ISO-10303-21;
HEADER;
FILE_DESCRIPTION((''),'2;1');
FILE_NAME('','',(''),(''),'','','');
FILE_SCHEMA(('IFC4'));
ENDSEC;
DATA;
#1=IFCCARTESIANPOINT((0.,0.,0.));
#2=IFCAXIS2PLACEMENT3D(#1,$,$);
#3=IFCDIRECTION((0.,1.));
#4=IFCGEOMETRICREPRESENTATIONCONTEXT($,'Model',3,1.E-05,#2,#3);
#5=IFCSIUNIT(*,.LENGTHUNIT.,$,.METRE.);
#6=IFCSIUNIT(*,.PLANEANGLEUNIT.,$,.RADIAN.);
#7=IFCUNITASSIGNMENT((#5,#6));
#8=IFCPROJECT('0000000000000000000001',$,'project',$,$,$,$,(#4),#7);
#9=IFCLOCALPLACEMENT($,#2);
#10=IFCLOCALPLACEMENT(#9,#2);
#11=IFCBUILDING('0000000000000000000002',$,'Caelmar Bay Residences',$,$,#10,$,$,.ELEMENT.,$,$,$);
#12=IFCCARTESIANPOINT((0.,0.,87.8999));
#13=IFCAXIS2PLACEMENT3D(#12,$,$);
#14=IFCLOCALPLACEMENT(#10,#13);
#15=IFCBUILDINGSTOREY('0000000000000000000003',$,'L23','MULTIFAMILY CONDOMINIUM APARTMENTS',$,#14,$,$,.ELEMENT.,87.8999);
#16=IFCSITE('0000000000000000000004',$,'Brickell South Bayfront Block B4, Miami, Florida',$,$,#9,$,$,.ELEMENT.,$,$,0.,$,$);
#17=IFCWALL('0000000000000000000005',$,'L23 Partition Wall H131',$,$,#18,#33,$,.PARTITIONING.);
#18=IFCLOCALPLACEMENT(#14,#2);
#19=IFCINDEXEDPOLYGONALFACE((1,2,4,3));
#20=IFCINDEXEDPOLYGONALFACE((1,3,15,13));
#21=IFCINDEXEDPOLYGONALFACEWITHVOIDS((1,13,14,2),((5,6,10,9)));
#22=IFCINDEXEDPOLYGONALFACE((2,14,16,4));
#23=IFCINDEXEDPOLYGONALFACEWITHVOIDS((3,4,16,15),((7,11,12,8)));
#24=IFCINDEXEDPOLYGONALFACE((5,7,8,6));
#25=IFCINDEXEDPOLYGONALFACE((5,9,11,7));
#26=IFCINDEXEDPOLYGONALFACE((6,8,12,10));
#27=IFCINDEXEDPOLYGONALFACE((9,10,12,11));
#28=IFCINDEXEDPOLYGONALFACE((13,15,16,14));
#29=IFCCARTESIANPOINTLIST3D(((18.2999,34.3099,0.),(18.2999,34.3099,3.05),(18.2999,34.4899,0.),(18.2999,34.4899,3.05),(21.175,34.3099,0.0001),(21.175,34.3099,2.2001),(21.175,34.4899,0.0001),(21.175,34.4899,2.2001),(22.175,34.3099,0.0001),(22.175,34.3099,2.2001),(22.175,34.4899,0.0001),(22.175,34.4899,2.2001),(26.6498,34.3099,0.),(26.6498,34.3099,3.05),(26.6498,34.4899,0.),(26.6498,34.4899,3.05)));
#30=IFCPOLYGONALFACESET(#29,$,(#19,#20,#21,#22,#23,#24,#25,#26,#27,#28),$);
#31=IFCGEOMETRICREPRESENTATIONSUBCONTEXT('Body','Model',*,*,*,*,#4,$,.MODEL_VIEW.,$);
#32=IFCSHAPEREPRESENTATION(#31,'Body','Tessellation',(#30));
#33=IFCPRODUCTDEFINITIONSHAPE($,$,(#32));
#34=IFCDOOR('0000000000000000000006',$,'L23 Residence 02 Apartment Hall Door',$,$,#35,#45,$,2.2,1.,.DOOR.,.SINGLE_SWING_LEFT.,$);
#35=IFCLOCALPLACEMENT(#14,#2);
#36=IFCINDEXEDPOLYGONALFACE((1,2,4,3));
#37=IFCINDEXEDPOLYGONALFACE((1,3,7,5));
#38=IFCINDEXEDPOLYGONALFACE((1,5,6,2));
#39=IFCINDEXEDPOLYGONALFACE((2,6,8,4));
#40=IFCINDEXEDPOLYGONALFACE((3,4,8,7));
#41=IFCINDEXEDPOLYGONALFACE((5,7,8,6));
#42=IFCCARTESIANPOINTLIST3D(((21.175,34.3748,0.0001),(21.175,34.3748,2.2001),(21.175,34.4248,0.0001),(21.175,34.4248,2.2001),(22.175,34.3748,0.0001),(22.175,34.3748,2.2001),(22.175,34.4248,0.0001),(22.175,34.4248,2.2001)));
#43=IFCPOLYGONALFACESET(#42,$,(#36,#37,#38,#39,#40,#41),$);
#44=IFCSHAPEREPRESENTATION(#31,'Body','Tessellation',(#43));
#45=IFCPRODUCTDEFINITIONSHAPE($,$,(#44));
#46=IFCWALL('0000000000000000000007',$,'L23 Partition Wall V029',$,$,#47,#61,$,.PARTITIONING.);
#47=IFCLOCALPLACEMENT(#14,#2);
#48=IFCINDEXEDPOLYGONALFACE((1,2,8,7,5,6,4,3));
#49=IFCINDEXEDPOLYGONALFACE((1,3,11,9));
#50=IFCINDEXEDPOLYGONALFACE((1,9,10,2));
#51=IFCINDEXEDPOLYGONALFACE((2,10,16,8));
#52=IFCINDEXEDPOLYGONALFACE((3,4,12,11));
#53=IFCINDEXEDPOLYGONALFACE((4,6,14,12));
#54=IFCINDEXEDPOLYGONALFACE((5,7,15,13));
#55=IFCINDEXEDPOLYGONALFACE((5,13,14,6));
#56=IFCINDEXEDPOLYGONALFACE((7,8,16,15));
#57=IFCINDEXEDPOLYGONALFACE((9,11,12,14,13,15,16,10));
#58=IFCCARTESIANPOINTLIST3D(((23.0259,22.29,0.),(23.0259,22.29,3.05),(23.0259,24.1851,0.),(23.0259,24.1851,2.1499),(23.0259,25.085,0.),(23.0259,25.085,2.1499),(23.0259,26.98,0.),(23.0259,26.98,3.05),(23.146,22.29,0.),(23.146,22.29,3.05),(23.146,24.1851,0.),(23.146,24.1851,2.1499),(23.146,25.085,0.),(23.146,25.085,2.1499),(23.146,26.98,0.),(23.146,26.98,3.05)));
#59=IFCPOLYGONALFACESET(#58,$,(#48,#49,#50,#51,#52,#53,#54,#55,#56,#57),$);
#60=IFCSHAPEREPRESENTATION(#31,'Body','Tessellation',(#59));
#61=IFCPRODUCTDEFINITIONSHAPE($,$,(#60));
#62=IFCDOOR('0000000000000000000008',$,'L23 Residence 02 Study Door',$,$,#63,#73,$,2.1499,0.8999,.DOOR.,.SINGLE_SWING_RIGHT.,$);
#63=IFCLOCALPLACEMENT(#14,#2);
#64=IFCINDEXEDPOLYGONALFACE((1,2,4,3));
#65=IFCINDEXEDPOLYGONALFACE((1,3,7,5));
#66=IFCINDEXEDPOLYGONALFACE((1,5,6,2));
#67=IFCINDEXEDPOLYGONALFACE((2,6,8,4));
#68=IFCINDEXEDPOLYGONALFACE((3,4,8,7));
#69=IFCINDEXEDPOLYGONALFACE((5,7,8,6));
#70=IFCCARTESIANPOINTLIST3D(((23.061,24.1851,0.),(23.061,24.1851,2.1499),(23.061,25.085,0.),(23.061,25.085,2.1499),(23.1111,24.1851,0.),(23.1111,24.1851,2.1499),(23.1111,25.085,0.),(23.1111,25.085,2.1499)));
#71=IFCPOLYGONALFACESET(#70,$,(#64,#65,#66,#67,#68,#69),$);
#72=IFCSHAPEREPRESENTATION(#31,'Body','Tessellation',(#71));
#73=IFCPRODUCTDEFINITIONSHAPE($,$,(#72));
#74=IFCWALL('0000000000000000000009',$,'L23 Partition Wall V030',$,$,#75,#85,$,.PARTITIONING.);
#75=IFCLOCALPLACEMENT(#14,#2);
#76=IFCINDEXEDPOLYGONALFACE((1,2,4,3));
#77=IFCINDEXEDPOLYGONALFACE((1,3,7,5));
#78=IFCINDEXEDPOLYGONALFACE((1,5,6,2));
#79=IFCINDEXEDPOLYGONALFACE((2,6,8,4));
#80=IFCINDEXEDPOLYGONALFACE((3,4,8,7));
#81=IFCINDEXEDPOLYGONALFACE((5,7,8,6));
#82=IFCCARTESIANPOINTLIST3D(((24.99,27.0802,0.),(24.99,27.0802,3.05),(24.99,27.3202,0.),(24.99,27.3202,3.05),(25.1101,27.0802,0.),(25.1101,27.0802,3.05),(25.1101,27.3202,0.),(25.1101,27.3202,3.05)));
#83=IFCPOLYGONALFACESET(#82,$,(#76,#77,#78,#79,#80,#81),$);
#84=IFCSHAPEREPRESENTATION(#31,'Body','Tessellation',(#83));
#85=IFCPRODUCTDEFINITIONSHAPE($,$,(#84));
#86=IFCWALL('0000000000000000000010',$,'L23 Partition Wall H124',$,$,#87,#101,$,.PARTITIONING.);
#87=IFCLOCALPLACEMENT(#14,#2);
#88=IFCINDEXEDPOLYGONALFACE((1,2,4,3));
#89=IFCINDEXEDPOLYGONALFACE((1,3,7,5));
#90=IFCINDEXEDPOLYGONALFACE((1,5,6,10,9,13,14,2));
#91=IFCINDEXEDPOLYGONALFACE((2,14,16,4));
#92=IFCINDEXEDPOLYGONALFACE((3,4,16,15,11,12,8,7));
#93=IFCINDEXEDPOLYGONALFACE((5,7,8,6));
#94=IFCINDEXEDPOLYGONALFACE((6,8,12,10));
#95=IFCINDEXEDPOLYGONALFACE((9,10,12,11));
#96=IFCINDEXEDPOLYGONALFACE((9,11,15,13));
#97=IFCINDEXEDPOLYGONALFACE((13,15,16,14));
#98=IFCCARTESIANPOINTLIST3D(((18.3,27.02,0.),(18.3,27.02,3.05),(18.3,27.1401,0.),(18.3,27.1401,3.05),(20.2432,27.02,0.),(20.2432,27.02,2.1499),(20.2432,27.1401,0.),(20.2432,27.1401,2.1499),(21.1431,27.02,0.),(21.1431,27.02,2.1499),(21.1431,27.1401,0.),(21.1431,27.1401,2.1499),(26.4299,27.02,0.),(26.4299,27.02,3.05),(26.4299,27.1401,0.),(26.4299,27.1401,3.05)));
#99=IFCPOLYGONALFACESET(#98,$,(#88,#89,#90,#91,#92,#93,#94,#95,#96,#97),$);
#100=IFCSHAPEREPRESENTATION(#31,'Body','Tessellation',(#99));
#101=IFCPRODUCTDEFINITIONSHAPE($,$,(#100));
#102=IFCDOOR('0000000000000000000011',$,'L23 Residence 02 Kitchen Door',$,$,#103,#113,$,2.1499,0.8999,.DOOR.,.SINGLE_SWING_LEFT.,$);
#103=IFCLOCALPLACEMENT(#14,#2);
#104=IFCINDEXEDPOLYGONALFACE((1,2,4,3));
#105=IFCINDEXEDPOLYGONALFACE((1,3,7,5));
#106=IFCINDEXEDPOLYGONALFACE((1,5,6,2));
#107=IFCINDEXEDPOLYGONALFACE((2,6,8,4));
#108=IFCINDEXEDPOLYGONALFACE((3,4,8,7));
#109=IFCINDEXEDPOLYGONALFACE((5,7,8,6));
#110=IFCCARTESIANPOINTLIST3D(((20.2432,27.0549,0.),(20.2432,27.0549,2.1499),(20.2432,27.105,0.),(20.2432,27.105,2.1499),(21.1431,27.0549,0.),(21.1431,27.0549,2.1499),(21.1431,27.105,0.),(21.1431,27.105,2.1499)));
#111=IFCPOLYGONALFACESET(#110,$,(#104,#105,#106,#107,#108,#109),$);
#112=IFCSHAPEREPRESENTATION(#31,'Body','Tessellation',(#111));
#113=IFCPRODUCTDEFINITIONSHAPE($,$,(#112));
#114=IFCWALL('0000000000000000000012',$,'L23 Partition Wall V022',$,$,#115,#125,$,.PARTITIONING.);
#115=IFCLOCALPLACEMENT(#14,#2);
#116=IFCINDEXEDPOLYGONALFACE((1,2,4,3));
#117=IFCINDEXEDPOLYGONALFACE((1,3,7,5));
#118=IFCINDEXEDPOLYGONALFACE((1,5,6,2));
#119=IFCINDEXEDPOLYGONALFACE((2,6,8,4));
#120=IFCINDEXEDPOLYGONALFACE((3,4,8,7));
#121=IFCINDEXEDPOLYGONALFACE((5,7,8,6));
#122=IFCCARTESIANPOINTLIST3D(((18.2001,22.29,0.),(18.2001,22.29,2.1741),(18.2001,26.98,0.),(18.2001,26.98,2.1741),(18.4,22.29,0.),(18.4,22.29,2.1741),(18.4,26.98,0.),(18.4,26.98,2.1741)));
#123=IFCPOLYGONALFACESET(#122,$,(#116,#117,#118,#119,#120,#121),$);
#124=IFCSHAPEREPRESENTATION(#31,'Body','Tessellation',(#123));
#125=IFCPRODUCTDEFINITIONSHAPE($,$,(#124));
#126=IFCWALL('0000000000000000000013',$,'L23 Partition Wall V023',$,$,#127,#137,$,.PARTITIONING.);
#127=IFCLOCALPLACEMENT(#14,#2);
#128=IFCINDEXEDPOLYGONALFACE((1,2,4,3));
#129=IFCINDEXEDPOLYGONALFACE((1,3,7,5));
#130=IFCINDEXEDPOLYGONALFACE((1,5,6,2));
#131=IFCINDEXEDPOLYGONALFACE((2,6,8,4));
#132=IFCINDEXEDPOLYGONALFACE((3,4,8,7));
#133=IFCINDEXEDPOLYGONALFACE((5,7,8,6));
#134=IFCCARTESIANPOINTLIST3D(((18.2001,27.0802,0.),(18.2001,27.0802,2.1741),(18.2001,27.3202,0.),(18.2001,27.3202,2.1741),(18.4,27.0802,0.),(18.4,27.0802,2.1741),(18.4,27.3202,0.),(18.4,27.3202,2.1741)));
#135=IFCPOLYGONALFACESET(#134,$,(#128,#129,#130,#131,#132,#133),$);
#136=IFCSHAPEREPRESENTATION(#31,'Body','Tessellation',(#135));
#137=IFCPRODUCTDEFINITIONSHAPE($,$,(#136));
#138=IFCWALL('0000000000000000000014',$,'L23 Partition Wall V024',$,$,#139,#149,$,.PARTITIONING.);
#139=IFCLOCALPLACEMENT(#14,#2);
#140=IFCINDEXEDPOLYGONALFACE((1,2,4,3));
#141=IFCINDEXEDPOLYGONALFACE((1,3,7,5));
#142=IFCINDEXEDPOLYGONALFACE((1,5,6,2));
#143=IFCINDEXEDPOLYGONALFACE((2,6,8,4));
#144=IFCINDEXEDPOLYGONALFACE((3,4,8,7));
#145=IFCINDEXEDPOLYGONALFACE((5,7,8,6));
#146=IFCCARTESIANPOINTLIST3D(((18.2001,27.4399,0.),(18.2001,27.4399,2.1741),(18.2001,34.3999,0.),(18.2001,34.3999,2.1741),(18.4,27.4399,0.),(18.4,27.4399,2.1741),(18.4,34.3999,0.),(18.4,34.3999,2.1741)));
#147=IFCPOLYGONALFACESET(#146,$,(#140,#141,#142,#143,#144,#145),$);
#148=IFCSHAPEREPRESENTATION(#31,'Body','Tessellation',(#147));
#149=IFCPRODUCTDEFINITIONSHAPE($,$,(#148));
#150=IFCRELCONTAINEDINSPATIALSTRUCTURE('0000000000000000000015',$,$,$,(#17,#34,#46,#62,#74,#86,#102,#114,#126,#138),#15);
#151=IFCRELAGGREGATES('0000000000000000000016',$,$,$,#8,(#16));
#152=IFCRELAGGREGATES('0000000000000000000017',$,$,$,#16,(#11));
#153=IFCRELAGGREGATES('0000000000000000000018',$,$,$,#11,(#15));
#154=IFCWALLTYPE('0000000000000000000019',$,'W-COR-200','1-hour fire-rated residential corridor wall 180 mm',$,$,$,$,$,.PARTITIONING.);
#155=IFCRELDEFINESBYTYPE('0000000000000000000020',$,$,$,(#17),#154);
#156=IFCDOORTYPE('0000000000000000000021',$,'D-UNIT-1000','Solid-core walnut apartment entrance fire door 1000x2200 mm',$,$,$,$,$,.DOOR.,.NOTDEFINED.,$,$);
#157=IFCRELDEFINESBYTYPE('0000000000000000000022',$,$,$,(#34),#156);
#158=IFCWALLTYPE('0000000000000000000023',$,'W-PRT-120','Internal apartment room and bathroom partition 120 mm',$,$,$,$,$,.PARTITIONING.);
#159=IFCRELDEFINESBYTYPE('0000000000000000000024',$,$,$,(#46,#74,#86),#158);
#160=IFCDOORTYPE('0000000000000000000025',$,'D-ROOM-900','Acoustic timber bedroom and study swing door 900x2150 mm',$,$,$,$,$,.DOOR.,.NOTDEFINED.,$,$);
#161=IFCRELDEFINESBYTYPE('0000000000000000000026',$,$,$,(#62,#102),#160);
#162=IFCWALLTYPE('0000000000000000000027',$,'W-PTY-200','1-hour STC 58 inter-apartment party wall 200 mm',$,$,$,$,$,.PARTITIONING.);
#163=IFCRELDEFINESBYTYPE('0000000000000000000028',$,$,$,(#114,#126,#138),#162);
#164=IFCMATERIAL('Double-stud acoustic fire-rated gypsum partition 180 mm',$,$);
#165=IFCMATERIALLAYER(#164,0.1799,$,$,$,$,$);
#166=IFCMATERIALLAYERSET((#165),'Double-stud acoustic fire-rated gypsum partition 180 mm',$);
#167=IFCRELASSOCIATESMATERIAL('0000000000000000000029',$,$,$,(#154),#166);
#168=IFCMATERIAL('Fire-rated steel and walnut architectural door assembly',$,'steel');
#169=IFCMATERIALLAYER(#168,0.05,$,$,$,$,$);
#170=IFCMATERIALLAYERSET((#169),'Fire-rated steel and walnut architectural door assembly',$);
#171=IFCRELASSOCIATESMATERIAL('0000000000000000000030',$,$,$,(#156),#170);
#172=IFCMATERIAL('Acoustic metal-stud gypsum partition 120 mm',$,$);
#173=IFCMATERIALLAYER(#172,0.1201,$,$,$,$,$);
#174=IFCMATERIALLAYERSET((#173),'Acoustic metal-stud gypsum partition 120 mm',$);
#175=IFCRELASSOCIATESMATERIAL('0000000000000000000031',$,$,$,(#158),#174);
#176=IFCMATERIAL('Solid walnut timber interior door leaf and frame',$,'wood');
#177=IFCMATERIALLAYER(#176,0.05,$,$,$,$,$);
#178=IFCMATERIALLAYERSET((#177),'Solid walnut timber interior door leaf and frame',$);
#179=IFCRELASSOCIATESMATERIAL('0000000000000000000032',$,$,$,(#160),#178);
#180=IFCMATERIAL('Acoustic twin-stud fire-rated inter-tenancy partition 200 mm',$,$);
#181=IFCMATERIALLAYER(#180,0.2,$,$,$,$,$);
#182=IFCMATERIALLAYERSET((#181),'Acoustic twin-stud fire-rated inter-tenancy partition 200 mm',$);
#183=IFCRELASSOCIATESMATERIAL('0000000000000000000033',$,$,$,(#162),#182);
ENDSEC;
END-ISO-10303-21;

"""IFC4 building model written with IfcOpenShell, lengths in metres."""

from ifc_helpers import new_model, si_unit, direction, frame, frame_2d, origin, place, context, subcontext, project, spatial, rectangle, extrude, material, layer, layer_set, type_object, element, fill, save


model = new_model("IFC4")

# Units and contexts
model_context = context("Model", 3, precision=1e-05, world=origin(), true_north=direction((0.0, 1.0)))
body_context = subcontext(model_context, "Body", "Model", "MODEL_VIEW")
ifc_project = project(units=[si_unit("LENGTHUNIT", "METRE"), si_unit("PLANEANGLEUNIT", "RADIAN")], contexts=[model_context])

# Site, building, storey
site_placement = place(None, origin())
site = spatial("IfcSite", under=ifc_project, at=site_placement, Name="Brickell South Bayfront Block B4, Miami, Florida", CompositionType="ELEMENT", RefElevation=0.0)
building_placement = place(site_placement, origin())
building = spatial("IfcBuilding", under=site, at=building_placement, Name="Caelmar Bay Residences", CompositionType="ELEMENT")
storey_placement = place(building_placement, frame((0.0, 0.0, 87.8999)))
storey = spatial("IfcBuildingStorey", under=building, at=storey_placement, Name="L23", Description="MULTIFAMILY CONDOMINIUM APARTMENTS", CompositionType="ELEMENT", Elevation=87.8999)

# Shared definitions
ifc_material_1 = material(Name="Fire-rated steel and walnut architectural door assembly", Category="steel")

# Walls, openings, doors
ifc_material_2 = material(Name="Double-stud acoustic fire-rated gypsum partition 180 mm")
ifc_layer_1 = layer(ifc_material_2, 0.1799)
ifc_layer_set_1 = layer_set([ifc_layer_1], Name="Double-stud acoustic fire-rated gypsum partition 180 mm")
wall_type_1 = type_object("IfcWallType", Name="W-COR-200", Description="1-hour fire-rated residential corridor wall 180 mm", PredefinedType="PARTITIONING", material=ifc_layer_set_1)
wall_1_placement = place(storey_placement, frame((18.3, 34.3999, 0.0), z_axis=(0.0, 0.0, 1.0), x_axis=(1.0, 0.0, 0.0)))
wall_1 = element("IfcWall", 1, at=wall_1_placement, inside=storey, type_object=wall_type_1, Name="L23 Partition Wall H131", PredefinedType="PARTITIONING", context=body_context, shape_type="SweptSolid", body=[
    extrude(rectangle(XDim=8.3499, YDim=0.1799, at=frame_2d((4.1748, 0.0))), origin(), (0.0, 0.0, 1.0), 3.05),
])
opening_1_placement = place(wall_1_placement, frame((2.875, 0.0, 0.0)))
opening_1 = element("IfcOpeningElement", 2, at=opening_1_placement, cuts=wall_1, PredefinedType="OPENING", context=body_context, shape_type="SweptSolid", body=[
    extrude(rectangle(XDim=1.0, YDim=2.2, at=frame_2d((0.5, 1.1001))), frame((0.0, 0.0999, 0.0), z_axis=(0.0, -1.0, 0.0), x_axis=(1.0, 0.0, 0.0)), (0.0, 0.0, 1.0), 0.2),
])
ifc_layer_2 = layer(ifc_material_1, 0.05)
ifc_layer_set_2 = layer_set([ifc_layer_2], Name="Fire-rated steel and walnut architectural door assembly")
door_type_1 = type_object("IfcDoorType", Name="D-UNIT-1000", Description="Solid-core walnut apartment entrance fire door 1000x2200 mm", OperationType="NOTDEFINED", PredefinedType="DOOR", material=ifc_layer_set_2)
door_1_placement = place(opening_1_placement, origin())
door_1 = element("IfcDoor", 3, at=door_1_placement, inside=storey, type_object=door_type_1, Name="L23 Residence 02 Apartment Hall Door", OperationType="SINGLE_SWING_LEFT", OverallHeight=2.2, OverallWidth=1.0, PredefinedType="DOOR", context=body_context, shape_type="SweptSolid", body=[
    extrude(rectangle(XDim=1.0, YDim=2.2, at=frame_2d((0.5, 1.1001))), frame((0.0, 0.0249, 0.0), z_axis=(0.0, -1.0, 0.0), x_axis=(1.0, 0.0, 0.0)), (0.0, 0.0, 1.0), 0.05),
])
fill(opening_1, door_1)
ifc_material_3 = material(Name="Acoustic metal-stud gypsum partition 120 mm")
ifc_layer_3 = layer(ifc_material_3, 0.1201)
ifc_layer_set_3 = layer_set([ifc_layer_3], Name="Acoustic metal-stud gypsum partition 120 mm")
wall_type_2 = type_object("IfcWallType", Name="W-PRT-120", Description="Internal apartment room and bathroom partition 120 mm", PredefinedType="PARTITIONING", material=ifc_layer_set_3)
wall_2_placement = place(storey_placement, frame((23.0859, 22.29, 0.0), z_axis=(0.0, 0.0, 1.0), x_axis=(0.0, 1.0, 0.0)))
wall_2 = element("IfcWall", 4, at=wall_2_placement, inside=storey, type_object=wall_type_2, Name="L23 Partition Wall V029", PredefinedType="PARTITIONING", context=body_context, shape_type="SweptSolid", body=[
    extrude(rectangle(XDim=4.6899, YDim=0.1201, at=frame_2d((2.345, 0.0))), origin(), (0.0, 0.0, 1.0), 3.05),
])
opening_2_placement = place(wall_2_placement, frame((1.895, 0.0, 0.0)))
opening_2 = element("IfcOpeningElement", 5, at=opening_2_placement, cuts=wall_2, PredefinedType="OPENING", context=body_context, shape_type="SweptSolid", body=[
    extrude(rectangle(XDim=0.8999, YDim=2.1499, at=frame_2d((0.45, 1.075))), frame((0.0, 0.0701, 0.0), z_axis=(0.0, -1.0, 0.0), x_axis=(1.0, 0.0, 0.0)), (0.0, 0.0, 1.0), 0.1401),
])
ifc_material_4 = material(Name="Solid walnut timber interior door leaf and frame", Category="wood")
ifc_layer_4 = layer(ifc_material_4, 0.05)
ifc_layer_set_4 = layer_set([ifc_layer_4], Name="Solid walnut timber interior door leaf and frame")
door_type_2 = type_object("IfcDoorType", Name="D-ROOM-900", Description="Acoustic timber bedroom and study swing door 900x2150 mm", OperationType="NOTDEFINED", PredefinedType="DOOR", material=ifc_layer_set_4)
door_2_placement = place(opening_2_placement, origin())
door_2 = element("IfcDoor", 6, at=door_2_placement, inside=storey, type_object=door_type_2, Name="L23 Residence 02 Study Door", OperationType="SINGLE_SWING_RIGHT", OverallHeight=2.1499, OverallWidth=0.8999, PredefinedType="DOOR", context=body_context, shape_type="SweptSolid", body=[
    extrude(rectangle(XDim=0.8999, YDim=2.1499, at=frame_2d((0.45, 1.075))), frame((0.0, 0.0249, 0.0), z_axis=(0.0, -1.0, 0.0), x_axis=(1.0, 0.0, 0.0)), (0.0, 0.0, 1.0), 0.05),
])
fill(opening_2, door_2)

# Wall
wall_3_placement = place(storey_placement, frame((25.05, 27.0801, 0.0), z_axis=(0.0, 0.0, 1.0), x_axis=(0.0, 1.0, 0.0)))
element("IfcWall", 7, at=wall_3_placement, inside=storey, type_object=wall_type_2, Name="L23 Partition Wall V030", PredefinedType="PARTITIONING", context=body_context, shape_type="SweptSolid", body=[
    extrude(rectangle(XDim=0.24, YDim=0.1201, at=frame_2d((0.1201, 0.0))), origin(), (0.0, 0.0, 1.0), 3.05),
])

# Wall, opening, door
wall_4_placement = place(storey_placement, frame((18.3, 27.0801, 0.0), z_axis=(0.0, 0.0, 1.0), x_axis=(1.0, 0.0, 0.0)))
wall_4 = element("IfcWall", 8, at=wall_4_placement, inside=storey, type_object=wall_type_2, Name="L23 Partition Wall H124", PredefinedType="PARTITIONING", context=body_context, shape_type="SweptSolid", body=[
    extrude(rectangle(XDim=8.1299, YDim=0.1201, at=frame_2d((4.0649, 0.0))), origin(), (0.0, 0.0, 1.0), 3.05),
])
opening_3_placement = place(wall_4_placement, frame((1.9431, 0.0, 0.0)))
opening_3 = element("IfcOpeningElement", 9, at=opening_3_placement, cuts=wall_4, PredefinedType="OPENING", context=body_context, shape_type="SweptSolid", body=[
    extrude(rectangle(XDim=0.8999, YDim=2.1499, at=frame_2d((0.45, 1.075))), frame((0.0, 0.0701, 0.0), z_axis=(0.0, -1.0, 0.0), x_axis=(1.0, 0.0, 0.0)), (0.0, 0.0, 1.0), 0.1401),
])
door_3_placement = place(opening_3_placement, origin())
door_3 = element("IfcDoor", 10, at=door_3_placement, inside=storey, type_object=door_type_2, Name="L23 Residence 02 Kitchen Door", OperationType="SINGLE_SWING_LEFT", OverallHeight=2.1499, OverallWidth=0.8999, PredefinedType="DOOR", context=body_context, shape_type="SweptSolid", body=[
    extrude(rectangle(XDim=0.8999, YDim=2.1499, at=frame_2d((0.45, 1.075))), frame((0.0, 0.0249, 0.0), z_axis=(0.0, -1.0, 0.0), x_axis=(1.0, 0.0, 0.0)), (0.0, 0.0, 1.0), 0.05),
])
fill(opening_3, door_3)

# Walls
ifc_material_5 = material(Name="Acoustic twin-stud fire-rated inter-tenancy partition 200 mm")
ifc_layer_5 = layer(ifc_material_5, 0.2)
ifc_layer_set_5 = layer_set([ifc_layer_5], Name="Acoustic twin-stud fire-rated inter-tenancy partition 200 mm")
wall_type_3 = type_object("IfcWallType", Name="W-PTY-200", Description="1-hour STC 58 inter-apartment party wall 200 mm", PredefinedType="PARTITIONING", material=ifc_layer_set_5)
wall_5_placement = place(storey_placement, frame((18.3, 22.29, 0.0), z_axis=(0.0, 0.0, 1.0), x_axis=(0.0, 1.0, 0.0)))
element("IfcWall", 11, at=wall_5_placement, inside=storey, type_object=wall_type_3, Name="L23 Partition Wall V022", PredefinedType="PARTITIONING", context=body_context, shape_type="SweptSolid", body=[
    extrude(rectangle(XDim=4.6899, YDim=0.2, at=frame_2d((2.345, 0.0))), origin(), (0.0, 0.0, 1.0), 2.1741),
])
wall_6_placement = place(storey_placement, frame((18.3, 27.0801, 0.0), z_axis=(0.0, 0.0, 1.0), x_axis=(0.0, 1.0, 0.0)))
element("IfcWall", 12, at=wall_6_placement, inside=storey, type_object=wall_type_3, Name="L23 Partition Wall V023", PredefinedType="PARTITIONING", context=body_context, shape_type="SweptSolid", body=[
    extrude(rectangle(XDim=0.24, YDim=0.2, at=frame_2d((0.1201, 0.0))), origin(), (0.0, 0.0, 1.0), 2.1741),
])
wall_7_placement = place(storey_placement, frame((18.3, 27.4399, 0.0), z_axis=(0.0, 0.0, 1.0), x_axis=(0.0, 1.0, 0.0)))
element("IfcWall", 13, at=wall_7_placement, inside=storey, type_object=wall_type_3, Name="L23 Partition Wall V024", PredefinedType="PARTITIONING", context=body_context, shape_type="SweptSolid", body=[
    extrude(rectangle(XDim=6.96, YDim=0.2, at=frame_2d((3.48, 0.0))), origin(), (0.0, 0.0, 1.0), 2.1741),
])

save(model, "model.ifc")
